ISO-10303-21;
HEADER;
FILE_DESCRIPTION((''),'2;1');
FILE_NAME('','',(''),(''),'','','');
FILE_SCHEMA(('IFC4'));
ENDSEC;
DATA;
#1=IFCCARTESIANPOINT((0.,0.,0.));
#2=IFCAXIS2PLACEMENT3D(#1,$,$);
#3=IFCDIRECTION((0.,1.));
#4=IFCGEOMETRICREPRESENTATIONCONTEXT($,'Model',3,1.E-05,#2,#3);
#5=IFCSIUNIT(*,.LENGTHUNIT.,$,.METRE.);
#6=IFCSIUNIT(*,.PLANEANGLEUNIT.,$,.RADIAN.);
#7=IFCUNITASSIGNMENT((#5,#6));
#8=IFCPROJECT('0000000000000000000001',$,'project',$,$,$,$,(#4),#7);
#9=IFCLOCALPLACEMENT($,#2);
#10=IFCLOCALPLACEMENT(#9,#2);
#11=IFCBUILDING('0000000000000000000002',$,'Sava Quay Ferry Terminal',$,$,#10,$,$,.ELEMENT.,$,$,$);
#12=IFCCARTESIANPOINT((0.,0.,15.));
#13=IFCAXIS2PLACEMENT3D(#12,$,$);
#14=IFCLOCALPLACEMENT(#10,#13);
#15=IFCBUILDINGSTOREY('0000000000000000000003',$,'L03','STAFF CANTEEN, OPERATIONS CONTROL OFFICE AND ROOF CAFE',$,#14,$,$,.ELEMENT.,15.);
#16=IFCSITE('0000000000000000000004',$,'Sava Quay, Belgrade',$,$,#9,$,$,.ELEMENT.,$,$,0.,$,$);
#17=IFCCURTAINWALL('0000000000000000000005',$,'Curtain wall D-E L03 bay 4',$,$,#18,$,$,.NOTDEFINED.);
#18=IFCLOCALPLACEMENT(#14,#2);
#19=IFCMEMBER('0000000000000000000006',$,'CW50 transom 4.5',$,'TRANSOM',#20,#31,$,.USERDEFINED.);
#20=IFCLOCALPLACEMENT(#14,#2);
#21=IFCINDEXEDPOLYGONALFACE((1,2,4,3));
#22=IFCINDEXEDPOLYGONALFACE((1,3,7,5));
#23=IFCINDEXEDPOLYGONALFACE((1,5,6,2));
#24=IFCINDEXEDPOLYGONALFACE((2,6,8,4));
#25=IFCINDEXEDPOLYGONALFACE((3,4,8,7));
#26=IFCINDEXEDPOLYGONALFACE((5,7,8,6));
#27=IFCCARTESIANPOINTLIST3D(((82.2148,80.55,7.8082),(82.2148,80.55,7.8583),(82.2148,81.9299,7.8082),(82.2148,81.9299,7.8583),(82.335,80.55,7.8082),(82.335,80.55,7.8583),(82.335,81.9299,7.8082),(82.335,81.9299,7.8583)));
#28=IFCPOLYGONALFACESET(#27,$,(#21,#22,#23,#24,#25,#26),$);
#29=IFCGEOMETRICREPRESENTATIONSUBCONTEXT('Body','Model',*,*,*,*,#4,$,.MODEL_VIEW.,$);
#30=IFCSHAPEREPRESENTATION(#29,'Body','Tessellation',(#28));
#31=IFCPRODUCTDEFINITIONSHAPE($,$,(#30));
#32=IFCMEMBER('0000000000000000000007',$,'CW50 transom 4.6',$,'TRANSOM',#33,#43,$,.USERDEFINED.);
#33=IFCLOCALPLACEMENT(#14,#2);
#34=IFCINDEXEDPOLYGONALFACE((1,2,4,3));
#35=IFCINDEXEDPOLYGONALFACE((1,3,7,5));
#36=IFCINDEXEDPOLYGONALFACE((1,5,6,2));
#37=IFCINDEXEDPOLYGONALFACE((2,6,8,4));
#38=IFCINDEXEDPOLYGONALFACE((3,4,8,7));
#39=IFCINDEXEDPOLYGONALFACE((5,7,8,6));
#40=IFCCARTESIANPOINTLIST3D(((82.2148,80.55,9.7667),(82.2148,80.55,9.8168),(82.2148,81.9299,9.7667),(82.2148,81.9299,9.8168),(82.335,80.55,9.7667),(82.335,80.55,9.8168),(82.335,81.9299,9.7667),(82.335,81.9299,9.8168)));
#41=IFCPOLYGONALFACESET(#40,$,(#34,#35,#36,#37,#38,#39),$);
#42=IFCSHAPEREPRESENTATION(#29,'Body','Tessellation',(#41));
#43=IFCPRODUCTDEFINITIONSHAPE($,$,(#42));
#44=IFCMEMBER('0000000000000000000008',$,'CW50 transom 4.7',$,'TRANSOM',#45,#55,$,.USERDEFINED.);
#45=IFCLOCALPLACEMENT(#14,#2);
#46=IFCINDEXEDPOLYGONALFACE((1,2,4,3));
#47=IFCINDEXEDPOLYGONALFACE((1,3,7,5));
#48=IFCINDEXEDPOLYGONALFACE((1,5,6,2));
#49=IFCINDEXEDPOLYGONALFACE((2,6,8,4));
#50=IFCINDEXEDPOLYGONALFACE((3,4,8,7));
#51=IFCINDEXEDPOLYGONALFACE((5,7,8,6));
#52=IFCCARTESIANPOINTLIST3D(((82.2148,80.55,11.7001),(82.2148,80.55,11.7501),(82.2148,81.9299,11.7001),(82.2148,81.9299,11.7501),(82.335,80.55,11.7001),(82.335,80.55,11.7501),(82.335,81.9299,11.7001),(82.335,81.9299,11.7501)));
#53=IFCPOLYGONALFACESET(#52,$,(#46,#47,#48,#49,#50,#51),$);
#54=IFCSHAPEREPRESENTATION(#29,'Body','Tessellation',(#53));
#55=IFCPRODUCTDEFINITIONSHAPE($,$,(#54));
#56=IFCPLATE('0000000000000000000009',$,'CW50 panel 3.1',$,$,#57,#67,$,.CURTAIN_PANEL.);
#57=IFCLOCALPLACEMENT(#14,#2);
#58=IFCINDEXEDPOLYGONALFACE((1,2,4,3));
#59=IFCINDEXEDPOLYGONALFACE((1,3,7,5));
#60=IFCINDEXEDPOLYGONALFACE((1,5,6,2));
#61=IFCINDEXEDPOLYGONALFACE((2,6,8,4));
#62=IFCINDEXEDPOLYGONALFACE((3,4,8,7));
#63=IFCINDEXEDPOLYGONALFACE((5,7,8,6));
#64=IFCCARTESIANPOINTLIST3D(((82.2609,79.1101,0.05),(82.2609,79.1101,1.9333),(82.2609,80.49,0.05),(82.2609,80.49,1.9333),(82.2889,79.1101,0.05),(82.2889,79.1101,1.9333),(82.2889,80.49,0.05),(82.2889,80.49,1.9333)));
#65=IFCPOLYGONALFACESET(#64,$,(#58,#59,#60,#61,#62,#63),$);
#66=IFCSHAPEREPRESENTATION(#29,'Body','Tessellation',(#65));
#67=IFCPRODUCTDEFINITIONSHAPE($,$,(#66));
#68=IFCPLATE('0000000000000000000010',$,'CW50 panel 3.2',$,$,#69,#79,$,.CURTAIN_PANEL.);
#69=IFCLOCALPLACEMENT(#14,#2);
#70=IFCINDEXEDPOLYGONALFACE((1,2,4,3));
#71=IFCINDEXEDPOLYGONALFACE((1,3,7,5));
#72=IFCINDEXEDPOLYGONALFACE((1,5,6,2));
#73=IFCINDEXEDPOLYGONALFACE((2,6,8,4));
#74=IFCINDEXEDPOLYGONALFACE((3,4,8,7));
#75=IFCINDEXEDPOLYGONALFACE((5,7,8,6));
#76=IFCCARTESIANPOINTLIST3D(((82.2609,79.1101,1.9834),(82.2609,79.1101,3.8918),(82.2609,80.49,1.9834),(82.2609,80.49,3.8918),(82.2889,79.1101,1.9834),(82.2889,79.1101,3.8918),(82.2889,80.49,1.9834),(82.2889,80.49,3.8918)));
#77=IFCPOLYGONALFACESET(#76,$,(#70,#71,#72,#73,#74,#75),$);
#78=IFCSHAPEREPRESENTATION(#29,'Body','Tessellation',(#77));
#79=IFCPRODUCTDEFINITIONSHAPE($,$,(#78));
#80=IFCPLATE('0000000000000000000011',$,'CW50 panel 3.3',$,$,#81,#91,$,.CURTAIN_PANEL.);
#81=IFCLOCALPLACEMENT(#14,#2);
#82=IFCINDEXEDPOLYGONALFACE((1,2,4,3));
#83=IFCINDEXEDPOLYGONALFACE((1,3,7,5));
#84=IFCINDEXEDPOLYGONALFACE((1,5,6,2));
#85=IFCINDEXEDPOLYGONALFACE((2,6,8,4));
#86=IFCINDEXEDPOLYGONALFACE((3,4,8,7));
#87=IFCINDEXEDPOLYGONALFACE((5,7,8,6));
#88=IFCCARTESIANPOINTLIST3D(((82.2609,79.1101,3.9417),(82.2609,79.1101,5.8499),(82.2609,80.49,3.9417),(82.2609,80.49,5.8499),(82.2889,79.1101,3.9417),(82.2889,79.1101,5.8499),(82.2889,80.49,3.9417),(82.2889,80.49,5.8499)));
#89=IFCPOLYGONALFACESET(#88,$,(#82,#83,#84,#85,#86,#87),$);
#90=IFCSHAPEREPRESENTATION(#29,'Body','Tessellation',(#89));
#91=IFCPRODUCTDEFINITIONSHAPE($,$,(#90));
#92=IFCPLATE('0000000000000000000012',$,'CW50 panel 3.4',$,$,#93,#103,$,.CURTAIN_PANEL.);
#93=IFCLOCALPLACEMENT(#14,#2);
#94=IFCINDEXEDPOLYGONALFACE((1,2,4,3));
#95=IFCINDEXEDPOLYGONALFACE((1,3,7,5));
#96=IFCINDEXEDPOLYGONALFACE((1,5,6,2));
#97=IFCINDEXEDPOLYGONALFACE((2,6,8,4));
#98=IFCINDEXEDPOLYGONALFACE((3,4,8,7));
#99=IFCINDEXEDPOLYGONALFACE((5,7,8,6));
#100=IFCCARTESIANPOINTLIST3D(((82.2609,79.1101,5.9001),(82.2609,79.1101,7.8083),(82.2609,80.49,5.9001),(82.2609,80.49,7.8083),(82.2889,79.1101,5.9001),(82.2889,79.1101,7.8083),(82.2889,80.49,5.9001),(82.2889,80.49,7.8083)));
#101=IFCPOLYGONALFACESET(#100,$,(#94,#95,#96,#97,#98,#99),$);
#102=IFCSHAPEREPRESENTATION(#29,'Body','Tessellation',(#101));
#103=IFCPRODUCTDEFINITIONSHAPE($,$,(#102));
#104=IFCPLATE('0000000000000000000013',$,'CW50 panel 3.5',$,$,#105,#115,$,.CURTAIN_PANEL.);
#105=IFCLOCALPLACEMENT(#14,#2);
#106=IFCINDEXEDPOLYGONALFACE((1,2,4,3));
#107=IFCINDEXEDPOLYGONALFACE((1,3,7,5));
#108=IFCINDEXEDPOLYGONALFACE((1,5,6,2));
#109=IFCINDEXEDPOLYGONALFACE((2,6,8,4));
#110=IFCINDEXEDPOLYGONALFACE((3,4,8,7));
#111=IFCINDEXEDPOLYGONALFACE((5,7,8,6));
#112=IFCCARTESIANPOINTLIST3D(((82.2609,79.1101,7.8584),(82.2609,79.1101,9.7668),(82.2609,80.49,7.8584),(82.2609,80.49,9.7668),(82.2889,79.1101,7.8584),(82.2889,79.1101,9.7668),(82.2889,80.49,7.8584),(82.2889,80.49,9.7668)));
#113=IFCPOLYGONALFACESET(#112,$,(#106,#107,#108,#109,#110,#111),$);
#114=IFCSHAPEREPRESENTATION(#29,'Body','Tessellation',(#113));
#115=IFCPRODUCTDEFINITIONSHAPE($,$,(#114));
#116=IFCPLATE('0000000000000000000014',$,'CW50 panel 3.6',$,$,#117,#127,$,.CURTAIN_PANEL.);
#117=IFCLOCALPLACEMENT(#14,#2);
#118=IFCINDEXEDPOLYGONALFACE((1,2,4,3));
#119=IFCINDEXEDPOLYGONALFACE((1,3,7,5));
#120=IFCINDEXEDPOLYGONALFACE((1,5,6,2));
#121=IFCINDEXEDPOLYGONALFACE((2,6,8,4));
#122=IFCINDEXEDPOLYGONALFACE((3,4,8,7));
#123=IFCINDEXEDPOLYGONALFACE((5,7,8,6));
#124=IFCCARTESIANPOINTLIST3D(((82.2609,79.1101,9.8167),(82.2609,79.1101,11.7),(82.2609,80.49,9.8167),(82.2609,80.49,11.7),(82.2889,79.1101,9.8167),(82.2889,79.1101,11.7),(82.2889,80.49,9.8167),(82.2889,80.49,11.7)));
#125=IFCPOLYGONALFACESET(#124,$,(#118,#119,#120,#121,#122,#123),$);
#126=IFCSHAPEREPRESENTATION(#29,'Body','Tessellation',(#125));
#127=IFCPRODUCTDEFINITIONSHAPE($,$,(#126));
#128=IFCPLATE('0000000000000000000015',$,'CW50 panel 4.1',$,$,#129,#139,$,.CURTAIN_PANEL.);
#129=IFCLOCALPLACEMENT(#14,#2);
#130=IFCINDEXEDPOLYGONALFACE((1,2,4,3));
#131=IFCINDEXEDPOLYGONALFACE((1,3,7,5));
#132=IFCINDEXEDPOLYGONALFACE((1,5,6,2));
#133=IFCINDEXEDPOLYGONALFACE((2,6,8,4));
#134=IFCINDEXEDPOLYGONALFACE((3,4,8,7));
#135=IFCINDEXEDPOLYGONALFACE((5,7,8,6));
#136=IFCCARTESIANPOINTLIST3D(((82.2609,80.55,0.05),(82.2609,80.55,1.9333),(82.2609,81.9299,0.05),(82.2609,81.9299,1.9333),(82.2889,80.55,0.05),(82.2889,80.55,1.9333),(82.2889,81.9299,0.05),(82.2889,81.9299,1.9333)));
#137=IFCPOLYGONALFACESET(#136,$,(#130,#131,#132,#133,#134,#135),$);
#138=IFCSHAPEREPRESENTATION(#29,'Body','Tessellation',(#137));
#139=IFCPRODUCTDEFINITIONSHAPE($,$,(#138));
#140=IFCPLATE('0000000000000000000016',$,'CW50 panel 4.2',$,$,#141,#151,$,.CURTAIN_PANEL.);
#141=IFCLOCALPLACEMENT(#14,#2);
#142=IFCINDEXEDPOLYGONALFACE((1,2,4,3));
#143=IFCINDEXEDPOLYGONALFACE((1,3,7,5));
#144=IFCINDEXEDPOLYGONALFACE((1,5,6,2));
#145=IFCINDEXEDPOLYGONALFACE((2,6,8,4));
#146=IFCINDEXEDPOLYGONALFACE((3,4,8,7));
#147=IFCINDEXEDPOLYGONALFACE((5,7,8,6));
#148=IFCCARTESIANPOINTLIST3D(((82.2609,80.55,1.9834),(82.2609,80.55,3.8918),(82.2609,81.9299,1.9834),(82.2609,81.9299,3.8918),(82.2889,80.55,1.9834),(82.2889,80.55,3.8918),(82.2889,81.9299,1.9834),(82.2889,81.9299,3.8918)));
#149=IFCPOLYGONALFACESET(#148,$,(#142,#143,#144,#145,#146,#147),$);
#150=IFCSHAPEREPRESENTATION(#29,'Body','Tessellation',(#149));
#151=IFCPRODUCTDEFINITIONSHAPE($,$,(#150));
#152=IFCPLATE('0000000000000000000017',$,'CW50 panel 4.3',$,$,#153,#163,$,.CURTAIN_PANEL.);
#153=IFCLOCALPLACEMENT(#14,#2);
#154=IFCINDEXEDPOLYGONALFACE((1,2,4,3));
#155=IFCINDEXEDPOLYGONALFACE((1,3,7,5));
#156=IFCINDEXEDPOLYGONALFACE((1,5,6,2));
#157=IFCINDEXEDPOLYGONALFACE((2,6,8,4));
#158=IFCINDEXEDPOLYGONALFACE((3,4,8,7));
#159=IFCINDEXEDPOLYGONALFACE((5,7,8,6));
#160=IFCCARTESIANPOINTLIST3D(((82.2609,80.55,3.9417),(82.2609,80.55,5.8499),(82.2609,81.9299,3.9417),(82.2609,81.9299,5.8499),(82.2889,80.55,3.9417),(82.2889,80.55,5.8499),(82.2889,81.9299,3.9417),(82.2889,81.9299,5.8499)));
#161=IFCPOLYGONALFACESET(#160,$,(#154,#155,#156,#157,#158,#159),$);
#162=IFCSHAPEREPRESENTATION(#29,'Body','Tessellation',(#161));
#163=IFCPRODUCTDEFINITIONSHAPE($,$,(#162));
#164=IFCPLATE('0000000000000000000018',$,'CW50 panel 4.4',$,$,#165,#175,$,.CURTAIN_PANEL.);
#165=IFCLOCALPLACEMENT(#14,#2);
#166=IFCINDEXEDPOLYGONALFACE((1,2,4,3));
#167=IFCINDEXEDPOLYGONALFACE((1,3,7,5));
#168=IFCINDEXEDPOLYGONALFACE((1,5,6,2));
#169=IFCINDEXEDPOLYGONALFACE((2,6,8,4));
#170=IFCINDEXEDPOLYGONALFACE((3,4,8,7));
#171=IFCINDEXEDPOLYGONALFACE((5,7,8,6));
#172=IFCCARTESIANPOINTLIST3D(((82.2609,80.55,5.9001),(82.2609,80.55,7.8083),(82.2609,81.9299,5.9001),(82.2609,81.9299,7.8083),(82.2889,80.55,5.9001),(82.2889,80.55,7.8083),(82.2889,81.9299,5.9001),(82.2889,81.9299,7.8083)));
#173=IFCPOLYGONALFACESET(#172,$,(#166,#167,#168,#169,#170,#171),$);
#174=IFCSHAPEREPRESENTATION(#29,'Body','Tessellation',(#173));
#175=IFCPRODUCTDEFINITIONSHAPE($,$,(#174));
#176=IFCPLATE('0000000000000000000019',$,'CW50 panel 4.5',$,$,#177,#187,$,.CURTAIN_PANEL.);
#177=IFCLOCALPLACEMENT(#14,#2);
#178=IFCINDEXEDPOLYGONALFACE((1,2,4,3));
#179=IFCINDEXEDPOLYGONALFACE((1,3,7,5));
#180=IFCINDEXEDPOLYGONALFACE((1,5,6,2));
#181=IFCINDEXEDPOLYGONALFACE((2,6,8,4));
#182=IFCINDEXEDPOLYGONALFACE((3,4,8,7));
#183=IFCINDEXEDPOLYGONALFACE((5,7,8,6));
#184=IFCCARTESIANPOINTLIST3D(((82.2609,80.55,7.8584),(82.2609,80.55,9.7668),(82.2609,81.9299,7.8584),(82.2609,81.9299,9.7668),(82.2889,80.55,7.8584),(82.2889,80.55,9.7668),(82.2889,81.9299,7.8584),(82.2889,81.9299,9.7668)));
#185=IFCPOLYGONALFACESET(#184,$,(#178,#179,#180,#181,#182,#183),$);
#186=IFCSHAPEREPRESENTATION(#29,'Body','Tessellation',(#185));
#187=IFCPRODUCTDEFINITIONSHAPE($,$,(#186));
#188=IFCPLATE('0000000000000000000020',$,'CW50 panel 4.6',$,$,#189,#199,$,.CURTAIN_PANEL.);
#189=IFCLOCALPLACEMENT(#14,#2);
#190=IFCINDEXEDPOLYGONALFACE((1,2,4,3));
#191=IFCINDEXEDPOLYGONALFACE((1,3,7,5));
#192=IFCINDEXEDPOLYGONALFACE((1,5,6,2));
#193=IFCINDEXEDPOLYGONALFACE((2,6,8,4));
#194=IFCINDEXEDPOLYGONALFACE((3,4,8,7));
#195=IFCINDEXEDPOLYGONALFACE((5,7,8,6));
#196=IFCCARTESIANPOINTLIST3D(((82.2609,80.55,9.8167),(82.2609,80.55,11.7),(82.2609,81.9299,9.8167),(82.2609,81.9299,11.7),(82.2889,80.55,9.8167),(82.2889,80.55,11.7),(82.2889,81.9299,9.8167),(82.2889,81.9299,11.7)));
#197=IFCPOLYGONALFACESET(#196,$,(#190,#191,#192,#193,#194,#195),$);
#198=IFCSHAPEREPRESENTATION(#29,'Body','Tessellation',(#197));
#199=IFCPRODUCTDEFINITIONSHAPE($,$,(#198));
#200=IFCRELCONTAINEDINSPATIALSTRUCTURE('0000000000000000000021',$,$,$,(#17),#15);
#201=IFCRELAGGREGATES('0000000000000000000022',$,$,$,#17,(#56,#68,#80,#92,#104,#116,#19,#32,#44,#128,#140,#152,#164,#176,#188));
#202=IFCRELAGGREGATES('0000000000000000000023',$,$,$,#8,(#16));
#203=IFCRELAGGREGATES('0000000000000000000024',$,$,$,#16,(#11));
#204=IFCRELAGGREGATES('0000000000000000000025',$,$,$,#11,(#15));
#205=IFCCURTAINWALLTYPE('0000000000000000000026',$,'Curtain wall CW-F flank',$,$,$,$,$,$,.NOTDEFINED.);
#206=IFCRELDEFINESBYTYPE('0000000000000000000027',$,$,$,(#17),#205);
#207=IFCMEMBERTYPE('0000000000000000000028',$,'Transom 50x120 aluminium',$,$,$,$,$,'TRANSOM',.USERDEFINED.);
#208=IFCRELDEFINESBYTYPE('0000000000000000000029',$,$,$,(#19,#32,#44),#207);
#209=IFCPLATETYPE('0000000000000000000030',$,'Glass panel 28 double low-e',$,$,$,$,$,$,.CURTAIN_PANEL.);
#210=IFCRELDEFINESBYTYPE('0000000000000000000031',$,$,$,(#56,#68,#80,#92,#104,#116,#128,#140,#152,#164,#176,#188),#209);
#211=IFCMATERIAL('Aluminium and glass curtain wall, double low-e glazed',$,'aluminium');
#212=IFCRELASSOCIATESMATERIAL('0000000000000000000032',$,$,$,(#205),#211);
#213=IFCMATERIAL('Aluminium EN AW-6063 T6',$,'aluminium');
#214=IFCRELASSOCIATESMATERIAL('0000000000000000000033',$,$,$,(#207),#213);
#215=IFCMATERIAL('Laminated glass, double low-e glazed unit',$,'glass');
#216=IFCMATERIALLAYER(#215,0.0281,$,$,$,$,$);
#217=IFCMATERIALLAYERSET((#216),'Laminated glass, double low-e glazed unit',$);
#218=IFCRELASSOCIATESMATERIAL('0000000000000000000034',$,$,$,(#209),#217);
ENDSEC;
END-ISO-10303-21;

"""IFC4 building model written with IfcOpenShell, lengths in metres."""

from ifc_helpers import new_model, si_unit, direction, frame, origin, origin_2d, place, context, subcontext, project, spatial, rectangle, extrude, material, layer, layer_set, material_profile, profile_set, type_object, element, aggregate, save


model = new_model("IFC4")

# Units and contexts
model_context = context("Model", 3, precision=1e-05, world=origin(), true_north=direction((0.0, 1.0)))
body_context = subcontext(model_context, "Body", "Model", "MODEL_VIEW")
ifc_project = project(units=[si_unit("LENGTHUNIT", "METRE"), si_unit("PLANEANGLEUNIT", "RADIAN")], contexts=[model_context])

# Site, building, storey
site_placement = place(None, origin())
site = spatial("IfcSite", under=ifc_project, at=site_placement, Name="Sava Quay, Belgrade", CompositionType="ELEMENT", RefElevation=0.0)
building_placement = place(site_placement, origin())
building = spatial("IfcBuilding", under=site, at=building_placement, Name="Sava Quay Ferry Terminal", CompositionType="ELEMENT")
storey_placement = place(building_placement, frame((0.0, 0.0, 15.0)))
storey = spatial("IfcBuildingStorey", under=building, at=storey_placement, Name="L03", Description="STAFF CANTEEN, OPERATIONS CONTROL OFFICE AND ROOF CAFE", CompositionType="ELEMENT", Elevation=15.0)

# Curtain wall
ifc_material_1 = material(Name="Aluminium and glass curtain wall, double low-e glazed", Category="aluminium")
curtain_wall_type = type_object("IfcCurtainWallType", Name="Curtain wall CW-F flank", PredefinedType="NOTDEFINED", material=ifc_material_1)
curtain_wall_placement = place(storey_placement, origin())
curtain_wall = element("IfcCurtainWall", 1, at=curtain_wall_placement, inside=storey, type_object=curtain_wall_type, Name="Curtain wall D-E L03 bay 4", PredefinedType="NOTDEFINED")

# Members
ifc_material_2 = material(Name="Aluminium EN AW-6063 T6", Category="aluminium")
ifc_material_profile_1 = material_profile(ifc_material_2, rectangle(XDim=0.1201, YDim=0.05, at=origin_2d()), Name="Transom 50x120 aluminium")
ifc_profile_set_1 = profile_set([ifc_material_profile_1], Name="Aluminium EN AW-6063 T6")
member_type_1 = type_object("IfcMemberType", Name="Transom 50x120 aluminium", ElementType="TRANSOM", PredefinedType="USERDEFINED", material=ifc_profile_set_1)
member_1_placement = place(storey_placement, frame((82.2749, 80.55, 7.8333), z_axis=(0.0, 1.0, 0.0), x_axis=(-1.0, 0.0, 0.0)))
member_1 = element("IfcMember", 2, at=member_1_placement, type_object=member_type_1, Name="CW50 transom 4.5", ObjectType="TRANSOM", PredefinedType="USERDEFINED", context=body_context, shape_type="SweptSolid", body=[
    extrude(rectangle(XDim=0.1201, YDim=0.05, at=origin_2d()), origin(), (0.0, 0.0, 1.0), 1.3799),
])
member_2_placement = place(storey_placement, frame((82.2749, 80.55, 9.7917), z_axis=(0.0, 1.0, 0.0), x_axis=(-1.0, 0.0, 0.0)))
member_2 = element("IfcMember", 3, at=member_2_placement, type_object=member_type_1, Name="CW50 transom 4.6", ObjectType="TRANSOM", PredefinedType="USERDEFINED", context=body_context, shape_type="SweptSolid", body=[
    extrude(rectangle(XDim=0.1201, YDim=0.05, at=origin_2d()), origin(), (0.0, 0.0, 1.0), 1.3799),
])
member_3_placement = place(storey_placement, frame((82.2749, 80.55, 11.7251), z_axis=(0.0, 1.0, 0.0), x_axis=(-1.0, 0.0, 0.0)))
member_3 = element("IfcMember", 4, at=member_3_placement, type_object=member_type_1, Name="CW50 transom 4.7", ObjectType="TRANSOM", PredefinedType="USERDEFINED", context=body_context, shape_type="SweptSolid", body=[
    extrude(rectangle(XDim=0.1201, YDim=0.05, at=origin_2d()), origin(), (0.0, 0.0, 1.0), 1.3799),
])

# Plates
ifc_material_3 = material(Name="Laminated glass, double low-e glazed unit", Category="glass")
ifc_layer_1 = layer(ifc_material_3, 0.0281)
ifc_layer_set_1 = layer_set([ifc_layer_1], Name="Laminated glass, double low-e glazed unit")
plate_type = type_object("IfcPlateType", Name="Glass panel 28 double low-e", PredefinedType="CURTAIN_PANEL", material=ifc_layer_set_1)
plate_1_placement = place(storey_placement, frame((82.2749, 79.8, 0.05), z_axis=(0.0, 0.0, 1.0), x_axis=(0.0, 1.0, 0.0)))
plate_1 = element("IfcPlate", 5, at=plate_1_placement, type_object=plate_type, Name="CW50 panel 3.1", PredefinedType="CURTAIN_PANEL", context=body_context, shape_type="SweptSolid", body=[
    extrude(rectangle(XDim=1.3799, YDim=0.0281, at=origin_2d()), origin(), (0.0, 0.0, 1.0), 1.8833),
])
plate_2_placement = place(storey_placement, frame((82.2749, 79.8, 1.9834), z_axis=(0.0, 0.0, 1.0), x_axis=(0.0, 1.0, 0.0)))
plate_2 = element("IfcPlate", 6, at=plate_2_placement, type_object=plate_type, Name="CW50 panel 3.2", PredefinedType="CURTAIN_PANEL", context=body_context, shape_type="SweptSolid", body=[
    extrude(rectangle(XDim=1.3799, YDim=0.0281, at=origin_2d()), origin(), (0.0, 0.0, 1.0), 1.9084),
])
plate_3_placement = place(storey_placement, frame((82.2749, 79.8, 3.9417), z_axis=(0.0, 0.0, 1.0), x_axis=(0.0, 1.0, 0.0)))
plate_3 = element("IfcPlate", 7, at=plate_3_placement, type_object=plate_type, Name="CW50 panel 3.3", PredefinedType="CURTAIN_PANEL", context=body_context, shape_type="SweptSolid", body=[
    extrude(rectangle(XDim=1.3799, YDim=0.0281, at=origin_2d()), origin(), (0.0, 0.0, 1.0), 1.9082),
])
plate_4_placement = place(storey_placement, frame((82.2749, 79.8, 5.9001), z_axis=(0.0, 0.0, 1.0), x_axis=(0.0, 1.0, 0.0)))
plate_4 = element("IfcPlate", 8, at=plate_4_placement, type_object=plate_type, Name="CW50 panel 3.4", PredefinedType="CURTAIN_PANEL", context=body_context, shape_type="SweptSolid", body=[
    extrude(rectangle(XDim=1.3799, YDim=0.0281, at=origin_2d()), origin(), (0.0, 0.0, 1.0), 1.9082),
])
plate_5_placement = place(storey_placement, frame((82.2749, 79.8, 7.8584), z_axis=(0.0, 0.0, 1.0), x_axis=(0.0, 1.0, 0.0)))
plate_5 = element("IfcPlate", 9, at=plate_5_placement, type_object=plate_type, Name="CW50 panel 3.5", PredefinedType="CURTAIN_PANEL", context=body_context, shape_type="SweptSolid", body=[
    extrude(rectangle(XDim=1.3799, YDim=0.0281, at=origin_2d()), origin(), (0.0, 0.0, 1.0), 1.9084),
])
plate_6_placement = place(storey_placement, frame((82.2749, 79.8, 9.8167), z_axis=(0.0, 0.0, 1.0), x_axis=(0.0, 1.0, 0.0)))
plate_6 = element("IfcPlate", 10, at=plate_6_placement, type_object=plate_type, Name="CW50 panel 3.6", PredefinedType="CURTAIN_PANEL", context=body_context, shape_type="SweptSolid", body=[
    extrude(rectangle(XDim=1.3799, YDim=0.0281, at=origin_2d()), origin(), (0.0, 0.0, 1.0), 1.8833),
])
plate_7_placement = place(storey_placement, frame((82.2749, 81.24, 0.05), z_axis=(0.0, 0.0, 1.0), x_axis=(0.0, 1.0, 0.0)))
plate_7 = element("IfcPlate", 11, at=plate_7_placement, type_object=plate_type, Name="CW50 panel 4.1", PredefinedType="CURTAIN_PANEL", context=body_context, shape_type="SweptSolid", body=[
    extrude(rectangle(XDim=1.3799, YDim=0.0281, at=origin_2d()), origin(), (0.0, 0.0, 1.0), 1.8833),
])
plate_8_placement = place(storey_placement, frame((82.2749, 81.24, 1.9834), z_axis=(0.0, 0.0, 1.0), x_axis=(0.0, 1.0, 0.0)))
plate_8 = element("IfcPlate", 12, at=plate_8_placement, type_object=plate_type, Name="CW50 panel 4.2", PredefinedType="CURTAIN_PANEL", context=body_context, shape_type="SweptSolid", body=[
    extrude(rectangle(XDim=1.3799, YDim=0.0281, at=origin_2d()), origin(), (0.0, 0.0, 1.0), 1.9084),
])
plate_9_placement = place(storey_placement, frame((82.2749, 81.24, 3.9417), z_axis=(0.0, 0.0, 1.0), x_axis=(0.0, 1.0, 0.0)))
plate_9 = element("IfcPlate", 13, at=plate_9_placement, type_object=plate_type, Name="CW50 panel 4.3", PredefinedType="CURTAIN_PANEL", context=body_context, shape_type="SweptSolid", body=[
    extrude(rectangle(XDim=1.3799, YDim=0.0281, at=origin_2d()), origin(), (0.0, 0.0, 1.0), 1.9082),
])
plate_10_placement = place(storey_placement, frame((82.2749, 81.24, 5.9001), z_axis=(0.0, 0.0, 1.0), x_axis=(0.0, 1.0, 0.0)))
plate_10 = element("IfcPlate", 14, at=plate_10_placement, type_object=plate_type, Name="CW50 panel 4.4", PredefinedType="CURTAIN_PANEL", context=body_context, shape_type="SweptSolid", body=[
    extrude(rectangle(XDim=1.3799, YDim=0.0281, at=origin_2d()), origin(), (0.0, 0.0, 1.0), 1.9082),
])
plate_11_placement = place(storey_placement, frame((82.2749, 81.24, 7.8584), z_axis=(0.0, 0.0, 1.0), x_axis=(0.0, 1.0, 0.0)))
plate_11 = element("IfcPlate", 15, at=plate_11_placement, type_object=plate_type, Name="CW50 panel 4.5", PredefinedType="CURTAIN_PANEL", context=body_context, shape_type="SweptSolid", body=[
    extrude(rectangle(XDim=1.3799, YDim=0.0281, at=origin_2d()), origin(), (0.0, 0.0, 1.0), 1.9084),
])
plate_12_placement = place(storey_placement, frame((82.2749, 81.24, 9.8167), z_axis=(0.0, 0.0, 1.0), x_axis=(0.0, 1.0, 0.0)))
plate_12 = element("IfcPlate", 16, at=plate_12_placement, type_object=plate_type, Name="CW50 panel 4.6", PredefinedType="CURTAIN_PANEL", context=body_context, shape_type="SweptSolid", body=[
    extrude(rectangle(XDim=1.3799, YDim=0.0281, at=origin_2d()), origin(), (0.0, 0.0, 1.0), 1.8833),
])
aggregate(curtain_wall, [plate_1, plate_2, plate_3, plate_4, plate_5, plate_6, member_1, member_2, member_3, plate_7, plate_8, plate_9, plate_10, plate_11, plate_12])

save(model, "model.ifc")
